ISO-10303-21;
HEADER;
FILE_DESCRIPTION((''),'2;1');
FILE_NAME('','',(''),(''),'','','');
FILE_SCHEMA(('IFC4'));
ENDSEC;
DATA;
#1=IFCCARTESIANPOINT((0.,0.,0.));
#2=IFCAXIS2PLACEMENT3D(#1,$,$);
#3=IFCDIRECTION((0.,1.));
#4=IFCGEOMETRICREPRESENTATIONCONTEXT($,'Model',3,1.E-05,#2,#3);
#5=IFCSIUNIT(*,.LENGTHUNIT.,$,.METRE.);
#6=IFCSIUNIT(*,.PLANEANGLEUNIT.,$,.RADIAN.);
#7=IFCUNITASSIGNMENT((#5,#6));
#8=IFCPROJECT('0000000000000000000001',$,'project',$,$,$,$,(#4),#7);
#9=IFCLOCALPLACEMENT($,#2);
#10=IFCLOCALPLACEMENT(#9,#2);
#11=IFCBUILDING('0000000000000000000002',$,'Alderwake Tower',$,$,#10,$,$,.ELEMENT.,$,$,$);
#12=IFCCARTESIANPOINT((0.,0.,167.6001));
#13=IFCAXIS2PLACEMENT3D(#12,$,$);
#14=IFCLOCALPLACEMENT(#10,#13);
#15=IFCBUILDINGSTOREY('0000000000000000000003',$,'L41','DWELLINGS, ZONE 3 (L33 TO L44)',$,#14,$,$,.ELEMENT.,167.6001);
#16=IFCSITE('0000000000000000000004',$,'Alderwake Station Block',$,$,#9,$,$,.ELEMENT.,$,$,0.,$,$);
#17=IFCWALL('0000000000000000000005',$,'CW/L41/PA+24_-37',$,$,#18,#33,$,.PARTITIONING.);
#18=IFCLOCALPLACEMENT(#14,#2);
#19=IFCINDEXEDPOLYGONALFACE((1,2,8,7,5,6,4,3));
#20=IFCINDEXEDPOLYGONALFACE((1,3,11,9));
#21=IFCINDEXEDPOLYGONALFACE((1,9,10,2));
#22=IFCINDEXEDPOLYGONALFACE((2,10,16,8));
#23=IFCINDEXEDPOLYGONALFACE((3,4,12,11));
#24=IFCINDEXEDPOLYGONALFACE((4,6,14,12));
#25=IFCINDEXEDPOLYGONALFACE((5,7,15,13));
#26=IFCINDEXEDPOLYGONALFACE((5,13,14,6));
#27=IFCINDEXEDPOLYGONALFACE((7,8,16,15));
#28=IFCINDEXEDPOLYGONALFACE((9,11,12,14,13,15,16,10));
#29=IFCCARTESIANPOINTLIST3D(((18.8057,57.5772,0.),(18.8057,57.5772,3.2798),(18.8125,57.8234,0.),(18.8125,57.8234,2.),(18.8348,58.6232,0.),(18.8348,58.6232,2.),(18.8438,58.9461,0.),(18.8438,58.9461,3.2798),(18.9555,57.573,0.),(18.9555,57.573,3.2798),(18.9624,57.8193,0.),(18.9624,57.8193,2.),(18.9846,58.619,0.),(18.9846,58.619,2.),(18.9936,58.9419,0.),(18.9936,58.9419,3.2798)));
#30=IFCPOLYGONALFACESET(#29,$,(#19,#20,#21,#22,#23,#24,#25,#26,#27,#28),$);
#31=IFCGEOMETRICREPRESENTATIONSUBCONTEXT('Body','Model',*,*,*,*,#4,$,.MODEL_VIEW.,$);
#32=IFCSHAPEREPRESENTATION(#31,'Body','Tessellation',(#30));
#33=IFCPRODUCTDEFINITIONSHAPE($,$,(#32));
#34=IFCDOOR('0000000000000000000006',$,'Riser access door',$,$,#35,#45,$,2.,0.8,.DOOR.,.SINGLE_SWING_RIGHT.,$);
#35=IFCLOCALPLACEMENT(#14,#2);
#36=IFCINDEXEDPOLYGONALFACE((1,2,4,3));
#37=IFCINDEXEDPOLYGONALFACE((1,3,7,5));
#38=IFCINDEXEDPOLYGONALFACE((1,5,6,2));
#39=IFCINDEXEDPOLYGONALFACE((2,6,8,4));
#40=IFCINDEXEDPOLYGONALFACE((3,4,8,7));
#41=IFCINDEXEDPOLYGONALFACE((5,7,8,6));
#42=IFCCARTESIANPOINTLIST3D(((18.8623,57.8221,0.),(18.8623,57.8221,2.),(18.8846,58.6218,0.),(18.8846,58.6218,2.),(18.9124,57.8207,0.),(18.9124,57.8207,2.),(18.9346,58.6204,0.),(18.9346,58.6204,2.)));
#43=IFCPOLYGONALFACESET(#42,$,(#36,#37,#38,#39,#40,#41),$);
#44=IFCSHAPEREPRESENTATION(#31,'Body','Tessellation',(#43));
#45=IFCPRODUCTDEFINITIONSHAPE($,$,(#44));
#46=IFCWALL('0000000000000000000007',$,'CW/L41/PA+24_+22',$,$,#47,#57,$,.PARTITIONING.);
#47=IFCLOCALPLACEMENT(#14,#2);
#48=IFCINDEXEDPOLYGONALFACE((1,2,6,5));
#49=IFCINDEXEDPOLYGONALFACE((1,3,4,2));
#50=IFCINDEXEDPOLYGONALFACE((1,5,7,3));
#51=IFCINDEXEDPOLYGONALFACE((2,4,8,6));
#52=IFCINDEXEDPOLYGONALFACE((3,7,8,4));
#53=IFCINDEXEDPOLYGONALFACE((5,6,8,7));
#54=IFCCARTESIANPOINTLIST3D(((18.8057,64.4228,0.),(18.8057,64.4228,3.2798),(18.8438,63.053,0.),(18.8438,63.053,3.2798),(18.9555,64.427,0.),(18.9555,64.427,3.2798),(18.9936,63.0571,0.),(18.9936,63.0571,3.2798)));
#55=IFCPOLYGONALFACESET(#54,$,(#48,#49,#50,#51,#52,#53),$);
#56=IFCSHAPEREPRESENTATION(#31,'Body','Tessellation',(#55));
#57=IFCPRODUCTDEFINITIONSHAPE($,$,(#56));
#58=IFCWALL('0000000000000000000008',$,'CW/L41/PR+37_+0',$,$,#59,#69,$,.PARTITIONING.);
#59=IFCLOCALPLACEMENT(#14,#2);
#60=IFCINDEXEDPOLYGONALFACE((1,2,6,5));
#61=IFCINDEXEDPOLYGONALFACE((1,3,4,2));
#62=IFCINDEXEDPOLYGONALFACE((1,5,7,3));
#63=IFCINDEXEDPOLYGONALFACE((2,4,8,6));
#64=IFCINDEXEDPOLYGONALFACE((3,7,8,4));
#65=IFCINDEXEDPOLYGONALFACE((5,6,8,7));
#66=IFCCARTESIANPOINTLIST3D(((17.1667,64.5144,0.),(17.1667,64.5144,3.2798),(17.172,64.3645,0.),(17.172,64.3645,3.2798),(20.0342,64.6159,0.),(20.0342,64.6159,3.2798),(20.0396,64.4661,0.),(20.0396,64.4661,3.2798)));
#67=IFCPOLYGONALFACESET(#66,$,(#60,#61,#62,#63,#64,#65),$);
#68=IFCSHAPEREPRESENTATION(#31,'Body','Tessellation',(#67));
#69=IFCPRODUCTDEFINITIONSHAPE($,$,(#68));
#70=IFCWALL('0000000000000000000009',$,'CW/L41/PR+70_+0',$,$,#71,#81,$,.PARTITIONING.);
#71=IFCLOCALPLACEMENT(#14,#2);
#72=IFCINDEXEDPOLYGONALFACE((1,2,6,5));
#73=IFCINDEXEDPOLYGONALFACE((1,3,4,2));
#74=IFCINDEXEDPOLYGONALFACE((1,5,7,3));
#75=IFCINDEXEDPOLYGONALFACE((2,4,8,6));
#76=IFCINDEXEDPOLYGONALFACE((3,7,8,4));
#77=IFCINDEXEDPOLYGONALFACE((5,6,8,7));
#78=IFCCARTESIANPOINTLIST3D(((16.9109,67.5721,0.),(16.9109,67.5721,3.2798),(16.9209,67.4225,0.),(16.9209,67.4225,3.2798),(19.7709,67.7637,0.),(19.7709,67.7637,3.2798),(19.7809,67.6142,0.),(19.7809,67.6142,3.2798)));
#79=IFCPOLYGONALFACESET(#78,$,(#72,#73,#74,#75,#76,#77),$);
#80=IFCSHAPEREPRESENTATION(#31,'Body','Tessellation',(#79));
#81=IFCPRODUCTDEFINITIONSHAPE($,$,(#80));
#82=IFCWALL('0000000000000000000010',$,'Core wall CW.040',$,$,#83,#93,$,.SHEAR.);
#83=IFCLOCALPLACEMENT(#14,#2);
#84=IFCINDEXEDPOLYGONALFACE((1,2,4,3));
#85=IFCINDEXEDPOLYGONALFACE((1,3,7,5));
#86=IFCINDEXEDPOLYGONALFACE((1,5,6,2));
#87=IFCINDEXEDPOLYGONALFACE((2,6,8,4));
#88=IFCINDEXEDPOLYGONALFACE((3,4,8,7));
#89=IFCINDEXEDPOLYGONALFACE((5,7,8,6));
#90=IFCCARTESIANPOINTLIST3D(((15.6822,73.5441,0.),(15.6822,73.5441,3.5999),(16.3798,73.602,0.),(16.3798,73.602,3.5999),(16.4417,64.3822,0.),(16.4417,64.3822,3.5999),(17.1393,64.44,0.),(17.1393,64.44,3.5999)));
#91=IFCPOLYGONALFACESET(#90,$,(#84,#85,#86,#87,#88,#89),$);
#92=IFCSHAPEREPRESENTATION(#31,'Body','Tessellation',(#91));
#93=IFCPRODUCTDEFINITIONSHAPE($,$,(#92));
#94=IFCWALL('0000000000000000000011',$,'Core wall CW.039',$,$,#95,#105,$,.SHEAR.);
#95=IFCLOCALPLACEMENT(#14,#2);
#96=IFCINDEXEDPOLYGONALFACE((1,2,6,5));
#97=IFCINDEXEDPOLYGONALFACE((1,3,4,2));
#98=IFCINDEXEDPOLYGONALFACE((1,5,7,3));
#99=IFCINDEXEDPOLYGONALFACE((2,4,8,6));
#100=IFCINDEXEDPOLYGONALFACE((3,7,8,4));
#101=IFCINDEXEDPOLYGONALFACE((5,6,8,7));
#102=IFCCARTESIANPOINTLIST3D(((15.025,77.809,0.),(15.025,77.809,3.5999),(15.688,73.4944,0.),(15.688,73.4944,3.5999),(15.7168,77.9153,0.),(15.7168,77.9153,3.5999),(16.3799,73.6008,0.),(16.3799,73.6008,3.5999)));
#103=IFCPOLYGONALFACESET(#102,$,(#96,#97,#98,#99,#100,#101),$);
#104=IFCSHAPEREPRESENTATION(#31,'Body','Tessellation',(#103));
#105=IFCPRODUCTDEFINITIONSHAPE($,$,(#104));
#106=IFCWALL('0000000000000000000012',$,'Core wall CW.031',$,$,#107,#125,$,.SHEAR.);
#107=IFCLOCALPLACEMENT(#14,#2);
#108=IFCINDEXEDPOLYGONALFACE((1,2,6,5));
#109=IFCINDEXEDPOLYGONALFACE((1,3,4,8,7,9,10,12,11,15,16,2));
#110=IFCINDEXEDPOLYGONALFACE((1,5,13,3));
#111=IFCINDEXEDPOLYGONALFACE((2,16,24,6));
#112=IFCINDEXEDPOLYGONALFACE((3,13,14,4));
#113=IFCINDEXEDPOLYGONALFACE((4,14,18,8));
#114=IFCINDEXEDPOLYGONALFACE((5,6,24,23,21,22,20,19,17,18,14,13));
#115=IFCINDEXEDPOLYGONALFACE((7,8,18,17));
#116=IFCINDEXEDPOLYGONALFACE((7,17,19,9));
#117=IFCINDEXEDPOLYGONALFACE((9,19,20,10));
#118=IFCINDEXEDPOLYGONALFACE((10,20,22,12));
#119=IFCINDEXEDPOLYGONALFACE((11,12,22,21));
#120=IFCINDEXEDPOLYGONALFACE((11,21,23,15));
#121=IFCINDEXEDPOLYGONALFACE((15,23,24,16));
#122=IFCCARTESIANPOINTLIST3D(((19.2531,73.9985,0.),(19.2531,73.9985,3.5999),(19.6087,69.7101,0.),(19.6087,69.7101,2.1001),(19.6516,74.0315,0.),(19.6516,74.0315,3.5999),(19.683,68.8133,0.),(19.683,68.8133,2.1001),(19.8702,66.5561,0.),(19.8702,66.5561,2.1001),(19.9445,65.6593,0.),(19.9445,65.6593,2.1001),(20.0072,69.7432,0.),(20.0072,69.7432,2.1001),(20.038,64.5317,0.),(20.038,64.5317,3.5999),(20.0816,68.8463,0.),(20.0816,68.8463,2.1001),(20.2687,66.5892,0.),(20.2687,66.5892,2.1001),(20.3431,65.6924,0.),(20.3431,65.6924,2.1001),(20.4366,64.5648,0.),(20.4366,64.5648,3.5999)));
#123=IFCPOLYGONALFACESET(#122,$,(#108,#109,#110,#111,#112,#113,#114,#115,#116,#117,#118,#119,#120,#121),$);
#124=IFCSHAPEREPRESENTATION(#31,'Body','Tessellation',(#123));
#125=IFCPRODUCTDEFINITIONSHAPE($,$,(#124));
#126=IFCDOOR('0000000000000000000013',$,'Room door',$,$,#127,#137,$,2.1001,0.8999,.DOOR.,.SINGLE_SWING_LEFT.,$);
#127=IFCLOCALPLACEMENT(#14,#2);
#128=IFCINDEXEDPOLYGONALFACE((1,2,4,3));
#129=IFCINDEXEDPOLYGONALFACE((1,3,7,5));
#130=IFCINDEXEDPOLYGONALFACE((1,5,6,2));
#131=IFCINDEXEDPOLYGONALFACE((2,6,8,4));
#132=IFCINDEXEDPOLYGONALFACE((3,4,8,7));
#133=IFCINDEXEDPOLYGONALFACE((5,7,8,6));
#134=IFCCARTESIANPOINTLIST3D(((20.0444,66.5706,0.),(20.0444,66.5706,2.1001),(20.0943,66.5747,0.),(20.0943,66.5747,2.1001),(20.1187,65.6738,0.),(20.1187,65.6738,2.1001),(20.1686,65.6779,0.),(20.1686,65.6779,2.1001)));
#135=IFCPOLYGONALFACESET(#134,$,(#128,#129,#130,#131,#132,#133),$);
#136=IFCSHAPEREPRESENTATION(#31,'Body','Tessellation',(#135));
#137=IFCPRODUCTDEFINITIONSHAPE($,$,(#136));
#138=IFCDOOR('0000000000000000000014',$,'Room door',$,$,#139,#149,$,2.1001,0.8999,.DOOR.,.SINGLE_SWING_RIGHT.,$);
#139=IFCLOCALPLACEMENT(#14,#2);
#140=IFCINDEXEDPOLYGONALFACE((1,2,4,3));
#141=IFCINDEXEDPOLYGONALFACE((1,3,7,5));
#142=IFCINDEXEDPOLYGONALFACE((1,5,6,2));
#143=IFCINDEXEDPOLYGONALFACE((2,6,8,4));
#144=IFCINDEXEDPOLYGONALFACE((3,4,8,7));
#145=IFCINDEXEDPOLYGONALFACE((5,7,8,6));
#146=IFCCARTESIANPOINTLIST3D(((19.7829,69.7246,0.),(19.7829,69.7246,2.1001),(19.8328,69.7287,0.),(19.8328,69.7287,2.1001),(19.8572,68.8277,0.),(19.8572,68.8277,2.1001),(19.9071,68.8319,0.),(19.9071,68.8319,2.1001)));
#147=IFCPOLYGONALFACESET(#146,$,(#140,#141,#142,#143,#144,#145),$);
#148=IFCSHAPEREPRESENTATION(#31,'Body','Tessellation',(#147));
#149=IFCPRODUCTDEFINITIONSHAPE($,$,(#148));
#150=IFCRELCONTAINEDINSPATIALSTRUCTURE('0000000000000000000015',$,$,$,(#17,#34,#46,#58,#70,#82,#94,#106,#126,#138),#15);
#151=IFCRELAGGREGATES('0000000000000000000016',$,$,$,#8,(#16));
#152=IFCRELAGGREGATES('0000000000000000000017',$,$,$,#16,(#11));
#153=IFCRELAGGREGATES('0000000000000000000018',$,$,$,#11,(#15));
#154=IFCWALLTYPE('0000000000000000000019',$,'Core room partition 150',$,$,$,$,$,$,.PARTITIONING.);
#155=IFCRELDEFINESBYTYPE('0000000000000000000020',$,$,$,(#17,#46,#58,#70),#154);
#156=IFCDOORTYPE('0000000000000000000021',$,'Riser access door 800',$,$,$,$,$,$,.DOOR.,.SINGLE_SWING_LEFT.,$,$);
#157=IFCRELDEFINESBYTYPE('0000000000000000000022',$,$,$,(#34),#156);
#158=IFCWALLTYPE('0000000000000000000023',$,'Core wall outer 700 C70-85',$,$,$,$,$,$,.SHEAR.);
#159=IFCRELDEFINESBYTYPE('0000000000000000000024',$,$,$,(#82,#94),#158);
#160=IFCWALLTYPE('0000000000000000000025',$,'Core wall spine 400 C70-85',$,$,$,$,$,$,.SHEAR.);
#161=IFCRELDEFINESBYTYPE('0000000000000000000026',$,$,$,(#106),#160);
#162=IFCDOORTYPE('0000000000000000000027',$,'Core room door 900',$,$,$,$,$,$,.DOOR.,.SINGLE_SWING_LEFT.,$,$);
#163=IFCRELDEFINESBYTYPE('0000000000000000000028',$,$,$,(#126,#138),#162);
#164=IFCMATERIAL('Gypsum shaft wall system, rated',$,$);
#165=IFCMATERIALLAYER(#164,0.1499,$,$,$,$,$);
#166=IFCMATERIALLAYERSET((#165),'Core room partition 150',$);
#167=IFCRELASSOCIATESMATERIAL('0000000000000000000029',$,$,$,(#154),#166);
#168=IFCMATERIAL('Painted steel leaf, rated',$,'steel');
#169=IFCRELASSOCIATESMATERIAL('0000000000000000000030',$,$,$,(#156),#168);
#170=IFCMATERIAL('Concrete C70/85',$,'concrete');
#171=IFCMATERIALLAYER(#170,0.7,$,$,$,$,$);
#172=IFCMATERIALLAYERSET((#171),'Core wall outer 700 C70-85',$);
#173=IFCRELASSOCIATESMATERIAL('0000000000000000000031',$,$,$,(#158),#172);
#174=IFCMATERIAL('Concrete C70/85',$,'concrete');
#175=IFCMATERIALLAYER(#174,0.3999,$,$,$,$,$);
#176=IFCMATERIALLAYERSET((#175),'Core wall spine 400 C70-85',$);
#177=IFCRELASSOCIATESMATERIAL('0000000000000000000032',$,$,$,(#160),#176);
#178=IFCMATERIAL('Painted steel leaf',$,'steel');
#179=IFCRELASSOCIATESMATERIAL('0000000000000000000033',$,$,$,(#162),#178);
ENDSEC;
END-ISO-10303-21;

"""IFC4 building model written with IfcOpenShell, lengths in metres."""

from ifc_helpers import new_model, si_unit, direction, frame, frame_2d, origin, place, context, subcontext, project, spatial, rectangle, extrude, material, layer, layer_set, type_object, element, fill, save


model = new_model("IFC4")

# Units and contexts
model_context = context("Model", 3, precision=1e-05, world=origin(), true_north=direction((0.0, 1.0)))
body_context = subcontext(model_context, "Body", "Model", "MODEL_VIEW")
ifc_project = project(units=[si_unit("LENGTHUNIT", "METRE"), si_unit("PLANEANGLEUNIT", "RADIAN")], contexts=[model_context])

# Site, building, storey
site_placement = place(None, origin())
site = spatial("IfcSite", under=ifc_project, at=site_placement, Name="Alderwake Station Block", CompositionType="ELEMENT", RefElevation=0.0)
building_placement = place(site_placement, origin())
building = spatial("IfcBuilding", under=site, at=building_placement, Name="Alderwake Tower", CompositionType="ELEMENT")
storey_placement = place(building_placement, frame((0.0, 0.0, 167.6001)))
storey = spatial("IfcBuildingStorey", under=building, at=storey_placement, Name="L41", Description="DWELLINGS, ZONE 3 (L33 TO L44)", CompositionType="ELEMENT", Elevation=167.6001)

# Wall, opening, door
ifc_material_1 = material(Name="Gypsum shaft wall system, rated")
ifc_layer_1 = layer(ifc_material_1, 0.1499)
ifc_layer_set_1 = layer_set([ifc_layer_1], Name="Core room partition 150")
wall_type_1 = type_object("IfcWallType", Name="Core room partition 150", PredefinedType="PARTITIONING", material=ifc_layer_set_1)
wall_1_placement = place(storey_placement, frame((18.9187, 58.9438, 0.0), z_axis=(0.0, 0.0, 1.0), x_axis=(-0.027812, -0.999613, 0.0)))
wall_1 = element("IfcWall", 1, at=wall_1_placement, inside=storey, type_object=wall_type_1, Name="CW/L41/PA+24_-37", PredefinedType="PARTITIONING", context=body_context, shape_type="SweptSolid", body=[
    extrude(rectangle(XDim=1.3694, YDim=0.1499, at=frame_2d((0.6846, 0.0))), origin(), (0.0, 0.0, 1.0), 3.2798),
])
opening_1_placement = place(wall_1_placement, frame((0.323, 0.0, 0.0)))
opening_1 = element("IfcOpeningElement", 2, at=opening_1_placement, cuts=wall_1, PredefinedType="OPENING", context=body_context, shape_type="SweptSolid", body=[
    extrude(rectangle(XDim=0.8, YDim=2.0, at=frame_2d((0.3999, 1.0))), frame((0.0, 0.085, 0.0), z_axis=(0.0, -1.0, 0.0), x_axis=(1.0, 0.0, 0.0)), (0.0, 0.0, 1.0), 0.1699),
])
ifc_material_2 = material(Name="Painted steel leaf, rated", Category="steel")
door_type_1 = type_object("IfcDoorType", Name="Riser access door 800", OperationType="SINGLE_SWING_LEFT", PredefinedType="DOOR", material=ifc_material_2)
door_1_placement = place(opening_1_placement, origin())
door_1 = element("IfcDoor", 3, at=door_1_placement, inside=storey, type_object=door_type_1, Name="Riser access door", OperationType="SINGLE_SWING_RIGHT", OverallHeight=2.0, OverallWidth=0.8, PredefinedType="DOOR", context=body_context, shape_type="SweptSolid", body=[
    extrude(rectangle(XDim=0.8, YDim=2.0, at=frame_2d((0.3999, 1.0))), frame((0.0, 0.0249, 0.0), z_axis=(0.0, -1.0, 0.0), x_axis=(1.0, 0.0, 0.0)), (0.0, 0.0, 1.0), 0.05),
])
fill(opening_1, door_1)

# Walls
wall_2_placement = place(storey_placement, frame((18.9187, 63.0552, 0.0), z_axis=(0.0, 0.0, 1.0), x_axis=(-0.027792, 0.999614, 0.0)))
element("IfcWall", 4, at=wall_2_placement, inside=storey, type_object=wall_type_1, Name="CW/L41/PA+24_+22", PredefinedType="PARTITIONING", context=body_context, shape_type="SweptSolid", body=[
    extrude(rectangle(XDim=1.3704, YDim=0.1499, at=frame_2d((0.6851, 0.0))), origin(), (0.0, 0.0, 1.0), 3.2798),
])
wall_3_placement = place(storey_placement, frame((17.1694, 64.4395, 0.0), z_axis=(0.0, 0.0, 1.0), x_axis=(0.999373, 0.035394, 0.0)))
element("IfcWall", 5, at=wall_3_placement, inside=storey, type_object=wall_type_1, Name="CW/L41/PR+37_+0", PredefinedType="PARTITIONING", context=body_context, shape_type="SweptSolid", body=[
    extrude(rectangle(XDim=2.8694, YDim=0.1499, at=frame_2d((1.4346, 0.0))), origin(), (0.0, 0.0, 1.0), 3.2798),
])
wall_4_placement = place(storey_placement, frame((16.916, 67.4973, 0.0), z_axis=(0.0, 0.0, 1.0), x_axis=(0.997762, 0.066858, 0.0)))
element("IfcWall", 6, at=wall_4_placement, inside=storey, type_object=wall_type_1, Name="CW/L41/PR+70_+0", PredefinedType="PARTITIONING", context=body_context, shape_type="SweptSolid", body=[
    extrude(rectangle(XDim=2.8665, YDim=0.1499, at=frame_2d((1.4331, 0.0))), origin(), (0.0, 0.0, 1.0), 3.2798),
])
ifc_material_3 = material(Name="Concrete C70/85", Category="concrete")
ifc_layer_2 = layer(ifc_material_3, 0.7)
ifc_layer_set_2 = layer_set([ifc_layer_2], Name="Core wall outer 700 C70-85")
wall_type_2 = type_object("IfcWallType", Name="Core wall outer 700 C70-85", PredefinedType="SHEAR", material=ifc_layer_set_2)
wall_5_placement = place(storey_placement, frame((16.7905, 64.4111, 0.0), z_axis=(0.0, 0.0, 1.0), x_axis=(-0.082617, 0.996581, 0.0)))
element("IfcWall", 7, at=wall_5_placement, inside=storey, type_object=wall_type_2, Name="Core wall CW.040", PredefinedType="SHEAR", context=body_context, shape_type="SweptSolid", body=[
    extrude(rectangle(XDim=9.1934, YDim=0.7, at=frame_2d((4.5967, 0.0))), origin(), (0.0, 0.0, 1.0), 3.5999),
])
wall_6_placement = place(storey_placement, frame((16.0339, 73.5476, 0.0), z_axis=(0.0, 0.0, 1.0), x_axis=(-0.151897, 0.988396, 0.0)))
element("IfcWall", 8, at=wall_6_placement, inside=storey, type_object=wall_type_2, Name="Core wall CW.039", PredefinedType="SHEAR", context=body_context, shape_type="SweptSolid", body=[
    extrude(rectangle(XDim=4.3652, YDim=0.7, at=frame_2d((2.1826, 0.0))), origin(), (0.0, 0.0, 1.0), 3.5999),
])

# Wall, openings, doors
ifc_material_4 = material(Name="Concrete C70/85", Category="concrete")
ifc_layer_3 = layer(ifc_material_4, 0.3999)
ifc_layer_set_3 = layer_set([ifc_layer_3], Name="Core wall spine 400 C70-85")
wall_type_3 = type_object("IfcWallType", Name="Core wall spine 400 C70-85", PredefinedType="SHEAR", material=ifc_layer_set_3)
wall_7_placement = place(storey_placement, frame((19.4524, 74.0149, 0.0), z_axis=(0.0, 0.0, 1.0), x_axis=(0.082629, -0.99658, 0.0)))
wall_7 = element("IfcWall", 9, at=wall_7_placement, inside=storey, type_object=wall_type_3, Name="Core wall CW.031", PredefinedType="SHEAR", context=body_context, shape_type="SweptSolid", body=[
    extrude(rectangle(XDim=9.4993, YDim=0.3999, at=frame_2d((4.7495, 0.0))), origin(), (0.0, 0.0, 1.0), 3.5999),
])
opening_2_placement = place(wall_7_placement, frame((7.4678, 0.0, 0.0)))
opening_2 = element("IfcOpeningElement", 10, at=opening_2_placement, cuts=wall_7, PredefinedType="OPENING", context=body_context, shape_type="SweptSolid", body=[
    extrude(rectangle(XDim=0.8999, YDim=2.1001, at=frame_2d((0.45, 1.05))), frame((0.0, 0.21, 0.0), z_axis=(0.0, -1.0, 0.0), x_axis=(1.0, 0.0, 0.0)), (0.0, 0.0, 1.0), 0.4199),
])
opening_3_placement = place(wall_7_placement, frame((4.303, 0.0, 0.0)))
opening_3 = element("IfcOpeningElement", 11, at=opening_3_placement, cuts=wall_7, PredefinedType="OPENING", context=body_context, shape_type="SweptSolid", body=[
    extrude(rectangle(XDim=0.8999, YDim=2.1001, at=frame_2d((0.45, 1.05))), frame((0.0, 0.21, 0.0), z_axis=(0.0, -1.0, 0.0), x_axis=(1.0, 0.0, 0.0)), (0.0, 0.0, 1.0), 0.4199),
])
ifc_material_5 = material(Name="Painted steel leaf", Category="steel")
door_type_2 = type_object("IfcDoorType", Name="Core room door 900", OperationType="SINGLE_SWING_LEFT", PredefinedType="DOOR", material=ifc_material_5)
door_2_placement = place(opening_2_placement, origin())
door_2 = element("IfcDoor", 12, at=door_2_placement, inside=storey, type_object=door_type_2, Name="Room door", OperationType="SINGLE_SWING_LEFT", OverallHeight=2.1001, OverallWidth=0.8999, PredefinedType="DOOR", context=body_context, shape_type="SweptSolid", body=[
    extrude(rectangle(XDim=0.8999, YDim=2.1001, at=frame_2d((0.45, 1.05))), frame((0.0, 0.0249, 0.0), z_axis=(0.0, -1.0, 0.0), x_axis=(1.0, 0.0, 0.0)), (0.0, 0.0, 1.0), 0.05),
])
fill(opening_2, door_2)
door_3_placement = place(opening_3_placement, origin())
door_3 = element("IfcDoor", 13, at=door_3_placement, inside=storey, type_object=door_type_2, Name="Room door", OperationType="SINGLE_SWING_RIGHT", OverallHeight=2.1001, OverallWidth=0.8999, PredefinedType="DOOR", context=body_context, shape_type="SweptSolid", body=[
    extrude(rectangle(XDim=0.8999, YDim=2.1001, at=frame_2d((0.45, 1.05))), frame((0.0, 0.0249, 0.0), z_axis=(0.0, -1.0, 0.0), x_axis=(1.0, 0.0, 0.0)), (0.0, 0.0, 1.0), 0.05),
])
fill(opening_3, door_3)

save(model, "model.ifc")
